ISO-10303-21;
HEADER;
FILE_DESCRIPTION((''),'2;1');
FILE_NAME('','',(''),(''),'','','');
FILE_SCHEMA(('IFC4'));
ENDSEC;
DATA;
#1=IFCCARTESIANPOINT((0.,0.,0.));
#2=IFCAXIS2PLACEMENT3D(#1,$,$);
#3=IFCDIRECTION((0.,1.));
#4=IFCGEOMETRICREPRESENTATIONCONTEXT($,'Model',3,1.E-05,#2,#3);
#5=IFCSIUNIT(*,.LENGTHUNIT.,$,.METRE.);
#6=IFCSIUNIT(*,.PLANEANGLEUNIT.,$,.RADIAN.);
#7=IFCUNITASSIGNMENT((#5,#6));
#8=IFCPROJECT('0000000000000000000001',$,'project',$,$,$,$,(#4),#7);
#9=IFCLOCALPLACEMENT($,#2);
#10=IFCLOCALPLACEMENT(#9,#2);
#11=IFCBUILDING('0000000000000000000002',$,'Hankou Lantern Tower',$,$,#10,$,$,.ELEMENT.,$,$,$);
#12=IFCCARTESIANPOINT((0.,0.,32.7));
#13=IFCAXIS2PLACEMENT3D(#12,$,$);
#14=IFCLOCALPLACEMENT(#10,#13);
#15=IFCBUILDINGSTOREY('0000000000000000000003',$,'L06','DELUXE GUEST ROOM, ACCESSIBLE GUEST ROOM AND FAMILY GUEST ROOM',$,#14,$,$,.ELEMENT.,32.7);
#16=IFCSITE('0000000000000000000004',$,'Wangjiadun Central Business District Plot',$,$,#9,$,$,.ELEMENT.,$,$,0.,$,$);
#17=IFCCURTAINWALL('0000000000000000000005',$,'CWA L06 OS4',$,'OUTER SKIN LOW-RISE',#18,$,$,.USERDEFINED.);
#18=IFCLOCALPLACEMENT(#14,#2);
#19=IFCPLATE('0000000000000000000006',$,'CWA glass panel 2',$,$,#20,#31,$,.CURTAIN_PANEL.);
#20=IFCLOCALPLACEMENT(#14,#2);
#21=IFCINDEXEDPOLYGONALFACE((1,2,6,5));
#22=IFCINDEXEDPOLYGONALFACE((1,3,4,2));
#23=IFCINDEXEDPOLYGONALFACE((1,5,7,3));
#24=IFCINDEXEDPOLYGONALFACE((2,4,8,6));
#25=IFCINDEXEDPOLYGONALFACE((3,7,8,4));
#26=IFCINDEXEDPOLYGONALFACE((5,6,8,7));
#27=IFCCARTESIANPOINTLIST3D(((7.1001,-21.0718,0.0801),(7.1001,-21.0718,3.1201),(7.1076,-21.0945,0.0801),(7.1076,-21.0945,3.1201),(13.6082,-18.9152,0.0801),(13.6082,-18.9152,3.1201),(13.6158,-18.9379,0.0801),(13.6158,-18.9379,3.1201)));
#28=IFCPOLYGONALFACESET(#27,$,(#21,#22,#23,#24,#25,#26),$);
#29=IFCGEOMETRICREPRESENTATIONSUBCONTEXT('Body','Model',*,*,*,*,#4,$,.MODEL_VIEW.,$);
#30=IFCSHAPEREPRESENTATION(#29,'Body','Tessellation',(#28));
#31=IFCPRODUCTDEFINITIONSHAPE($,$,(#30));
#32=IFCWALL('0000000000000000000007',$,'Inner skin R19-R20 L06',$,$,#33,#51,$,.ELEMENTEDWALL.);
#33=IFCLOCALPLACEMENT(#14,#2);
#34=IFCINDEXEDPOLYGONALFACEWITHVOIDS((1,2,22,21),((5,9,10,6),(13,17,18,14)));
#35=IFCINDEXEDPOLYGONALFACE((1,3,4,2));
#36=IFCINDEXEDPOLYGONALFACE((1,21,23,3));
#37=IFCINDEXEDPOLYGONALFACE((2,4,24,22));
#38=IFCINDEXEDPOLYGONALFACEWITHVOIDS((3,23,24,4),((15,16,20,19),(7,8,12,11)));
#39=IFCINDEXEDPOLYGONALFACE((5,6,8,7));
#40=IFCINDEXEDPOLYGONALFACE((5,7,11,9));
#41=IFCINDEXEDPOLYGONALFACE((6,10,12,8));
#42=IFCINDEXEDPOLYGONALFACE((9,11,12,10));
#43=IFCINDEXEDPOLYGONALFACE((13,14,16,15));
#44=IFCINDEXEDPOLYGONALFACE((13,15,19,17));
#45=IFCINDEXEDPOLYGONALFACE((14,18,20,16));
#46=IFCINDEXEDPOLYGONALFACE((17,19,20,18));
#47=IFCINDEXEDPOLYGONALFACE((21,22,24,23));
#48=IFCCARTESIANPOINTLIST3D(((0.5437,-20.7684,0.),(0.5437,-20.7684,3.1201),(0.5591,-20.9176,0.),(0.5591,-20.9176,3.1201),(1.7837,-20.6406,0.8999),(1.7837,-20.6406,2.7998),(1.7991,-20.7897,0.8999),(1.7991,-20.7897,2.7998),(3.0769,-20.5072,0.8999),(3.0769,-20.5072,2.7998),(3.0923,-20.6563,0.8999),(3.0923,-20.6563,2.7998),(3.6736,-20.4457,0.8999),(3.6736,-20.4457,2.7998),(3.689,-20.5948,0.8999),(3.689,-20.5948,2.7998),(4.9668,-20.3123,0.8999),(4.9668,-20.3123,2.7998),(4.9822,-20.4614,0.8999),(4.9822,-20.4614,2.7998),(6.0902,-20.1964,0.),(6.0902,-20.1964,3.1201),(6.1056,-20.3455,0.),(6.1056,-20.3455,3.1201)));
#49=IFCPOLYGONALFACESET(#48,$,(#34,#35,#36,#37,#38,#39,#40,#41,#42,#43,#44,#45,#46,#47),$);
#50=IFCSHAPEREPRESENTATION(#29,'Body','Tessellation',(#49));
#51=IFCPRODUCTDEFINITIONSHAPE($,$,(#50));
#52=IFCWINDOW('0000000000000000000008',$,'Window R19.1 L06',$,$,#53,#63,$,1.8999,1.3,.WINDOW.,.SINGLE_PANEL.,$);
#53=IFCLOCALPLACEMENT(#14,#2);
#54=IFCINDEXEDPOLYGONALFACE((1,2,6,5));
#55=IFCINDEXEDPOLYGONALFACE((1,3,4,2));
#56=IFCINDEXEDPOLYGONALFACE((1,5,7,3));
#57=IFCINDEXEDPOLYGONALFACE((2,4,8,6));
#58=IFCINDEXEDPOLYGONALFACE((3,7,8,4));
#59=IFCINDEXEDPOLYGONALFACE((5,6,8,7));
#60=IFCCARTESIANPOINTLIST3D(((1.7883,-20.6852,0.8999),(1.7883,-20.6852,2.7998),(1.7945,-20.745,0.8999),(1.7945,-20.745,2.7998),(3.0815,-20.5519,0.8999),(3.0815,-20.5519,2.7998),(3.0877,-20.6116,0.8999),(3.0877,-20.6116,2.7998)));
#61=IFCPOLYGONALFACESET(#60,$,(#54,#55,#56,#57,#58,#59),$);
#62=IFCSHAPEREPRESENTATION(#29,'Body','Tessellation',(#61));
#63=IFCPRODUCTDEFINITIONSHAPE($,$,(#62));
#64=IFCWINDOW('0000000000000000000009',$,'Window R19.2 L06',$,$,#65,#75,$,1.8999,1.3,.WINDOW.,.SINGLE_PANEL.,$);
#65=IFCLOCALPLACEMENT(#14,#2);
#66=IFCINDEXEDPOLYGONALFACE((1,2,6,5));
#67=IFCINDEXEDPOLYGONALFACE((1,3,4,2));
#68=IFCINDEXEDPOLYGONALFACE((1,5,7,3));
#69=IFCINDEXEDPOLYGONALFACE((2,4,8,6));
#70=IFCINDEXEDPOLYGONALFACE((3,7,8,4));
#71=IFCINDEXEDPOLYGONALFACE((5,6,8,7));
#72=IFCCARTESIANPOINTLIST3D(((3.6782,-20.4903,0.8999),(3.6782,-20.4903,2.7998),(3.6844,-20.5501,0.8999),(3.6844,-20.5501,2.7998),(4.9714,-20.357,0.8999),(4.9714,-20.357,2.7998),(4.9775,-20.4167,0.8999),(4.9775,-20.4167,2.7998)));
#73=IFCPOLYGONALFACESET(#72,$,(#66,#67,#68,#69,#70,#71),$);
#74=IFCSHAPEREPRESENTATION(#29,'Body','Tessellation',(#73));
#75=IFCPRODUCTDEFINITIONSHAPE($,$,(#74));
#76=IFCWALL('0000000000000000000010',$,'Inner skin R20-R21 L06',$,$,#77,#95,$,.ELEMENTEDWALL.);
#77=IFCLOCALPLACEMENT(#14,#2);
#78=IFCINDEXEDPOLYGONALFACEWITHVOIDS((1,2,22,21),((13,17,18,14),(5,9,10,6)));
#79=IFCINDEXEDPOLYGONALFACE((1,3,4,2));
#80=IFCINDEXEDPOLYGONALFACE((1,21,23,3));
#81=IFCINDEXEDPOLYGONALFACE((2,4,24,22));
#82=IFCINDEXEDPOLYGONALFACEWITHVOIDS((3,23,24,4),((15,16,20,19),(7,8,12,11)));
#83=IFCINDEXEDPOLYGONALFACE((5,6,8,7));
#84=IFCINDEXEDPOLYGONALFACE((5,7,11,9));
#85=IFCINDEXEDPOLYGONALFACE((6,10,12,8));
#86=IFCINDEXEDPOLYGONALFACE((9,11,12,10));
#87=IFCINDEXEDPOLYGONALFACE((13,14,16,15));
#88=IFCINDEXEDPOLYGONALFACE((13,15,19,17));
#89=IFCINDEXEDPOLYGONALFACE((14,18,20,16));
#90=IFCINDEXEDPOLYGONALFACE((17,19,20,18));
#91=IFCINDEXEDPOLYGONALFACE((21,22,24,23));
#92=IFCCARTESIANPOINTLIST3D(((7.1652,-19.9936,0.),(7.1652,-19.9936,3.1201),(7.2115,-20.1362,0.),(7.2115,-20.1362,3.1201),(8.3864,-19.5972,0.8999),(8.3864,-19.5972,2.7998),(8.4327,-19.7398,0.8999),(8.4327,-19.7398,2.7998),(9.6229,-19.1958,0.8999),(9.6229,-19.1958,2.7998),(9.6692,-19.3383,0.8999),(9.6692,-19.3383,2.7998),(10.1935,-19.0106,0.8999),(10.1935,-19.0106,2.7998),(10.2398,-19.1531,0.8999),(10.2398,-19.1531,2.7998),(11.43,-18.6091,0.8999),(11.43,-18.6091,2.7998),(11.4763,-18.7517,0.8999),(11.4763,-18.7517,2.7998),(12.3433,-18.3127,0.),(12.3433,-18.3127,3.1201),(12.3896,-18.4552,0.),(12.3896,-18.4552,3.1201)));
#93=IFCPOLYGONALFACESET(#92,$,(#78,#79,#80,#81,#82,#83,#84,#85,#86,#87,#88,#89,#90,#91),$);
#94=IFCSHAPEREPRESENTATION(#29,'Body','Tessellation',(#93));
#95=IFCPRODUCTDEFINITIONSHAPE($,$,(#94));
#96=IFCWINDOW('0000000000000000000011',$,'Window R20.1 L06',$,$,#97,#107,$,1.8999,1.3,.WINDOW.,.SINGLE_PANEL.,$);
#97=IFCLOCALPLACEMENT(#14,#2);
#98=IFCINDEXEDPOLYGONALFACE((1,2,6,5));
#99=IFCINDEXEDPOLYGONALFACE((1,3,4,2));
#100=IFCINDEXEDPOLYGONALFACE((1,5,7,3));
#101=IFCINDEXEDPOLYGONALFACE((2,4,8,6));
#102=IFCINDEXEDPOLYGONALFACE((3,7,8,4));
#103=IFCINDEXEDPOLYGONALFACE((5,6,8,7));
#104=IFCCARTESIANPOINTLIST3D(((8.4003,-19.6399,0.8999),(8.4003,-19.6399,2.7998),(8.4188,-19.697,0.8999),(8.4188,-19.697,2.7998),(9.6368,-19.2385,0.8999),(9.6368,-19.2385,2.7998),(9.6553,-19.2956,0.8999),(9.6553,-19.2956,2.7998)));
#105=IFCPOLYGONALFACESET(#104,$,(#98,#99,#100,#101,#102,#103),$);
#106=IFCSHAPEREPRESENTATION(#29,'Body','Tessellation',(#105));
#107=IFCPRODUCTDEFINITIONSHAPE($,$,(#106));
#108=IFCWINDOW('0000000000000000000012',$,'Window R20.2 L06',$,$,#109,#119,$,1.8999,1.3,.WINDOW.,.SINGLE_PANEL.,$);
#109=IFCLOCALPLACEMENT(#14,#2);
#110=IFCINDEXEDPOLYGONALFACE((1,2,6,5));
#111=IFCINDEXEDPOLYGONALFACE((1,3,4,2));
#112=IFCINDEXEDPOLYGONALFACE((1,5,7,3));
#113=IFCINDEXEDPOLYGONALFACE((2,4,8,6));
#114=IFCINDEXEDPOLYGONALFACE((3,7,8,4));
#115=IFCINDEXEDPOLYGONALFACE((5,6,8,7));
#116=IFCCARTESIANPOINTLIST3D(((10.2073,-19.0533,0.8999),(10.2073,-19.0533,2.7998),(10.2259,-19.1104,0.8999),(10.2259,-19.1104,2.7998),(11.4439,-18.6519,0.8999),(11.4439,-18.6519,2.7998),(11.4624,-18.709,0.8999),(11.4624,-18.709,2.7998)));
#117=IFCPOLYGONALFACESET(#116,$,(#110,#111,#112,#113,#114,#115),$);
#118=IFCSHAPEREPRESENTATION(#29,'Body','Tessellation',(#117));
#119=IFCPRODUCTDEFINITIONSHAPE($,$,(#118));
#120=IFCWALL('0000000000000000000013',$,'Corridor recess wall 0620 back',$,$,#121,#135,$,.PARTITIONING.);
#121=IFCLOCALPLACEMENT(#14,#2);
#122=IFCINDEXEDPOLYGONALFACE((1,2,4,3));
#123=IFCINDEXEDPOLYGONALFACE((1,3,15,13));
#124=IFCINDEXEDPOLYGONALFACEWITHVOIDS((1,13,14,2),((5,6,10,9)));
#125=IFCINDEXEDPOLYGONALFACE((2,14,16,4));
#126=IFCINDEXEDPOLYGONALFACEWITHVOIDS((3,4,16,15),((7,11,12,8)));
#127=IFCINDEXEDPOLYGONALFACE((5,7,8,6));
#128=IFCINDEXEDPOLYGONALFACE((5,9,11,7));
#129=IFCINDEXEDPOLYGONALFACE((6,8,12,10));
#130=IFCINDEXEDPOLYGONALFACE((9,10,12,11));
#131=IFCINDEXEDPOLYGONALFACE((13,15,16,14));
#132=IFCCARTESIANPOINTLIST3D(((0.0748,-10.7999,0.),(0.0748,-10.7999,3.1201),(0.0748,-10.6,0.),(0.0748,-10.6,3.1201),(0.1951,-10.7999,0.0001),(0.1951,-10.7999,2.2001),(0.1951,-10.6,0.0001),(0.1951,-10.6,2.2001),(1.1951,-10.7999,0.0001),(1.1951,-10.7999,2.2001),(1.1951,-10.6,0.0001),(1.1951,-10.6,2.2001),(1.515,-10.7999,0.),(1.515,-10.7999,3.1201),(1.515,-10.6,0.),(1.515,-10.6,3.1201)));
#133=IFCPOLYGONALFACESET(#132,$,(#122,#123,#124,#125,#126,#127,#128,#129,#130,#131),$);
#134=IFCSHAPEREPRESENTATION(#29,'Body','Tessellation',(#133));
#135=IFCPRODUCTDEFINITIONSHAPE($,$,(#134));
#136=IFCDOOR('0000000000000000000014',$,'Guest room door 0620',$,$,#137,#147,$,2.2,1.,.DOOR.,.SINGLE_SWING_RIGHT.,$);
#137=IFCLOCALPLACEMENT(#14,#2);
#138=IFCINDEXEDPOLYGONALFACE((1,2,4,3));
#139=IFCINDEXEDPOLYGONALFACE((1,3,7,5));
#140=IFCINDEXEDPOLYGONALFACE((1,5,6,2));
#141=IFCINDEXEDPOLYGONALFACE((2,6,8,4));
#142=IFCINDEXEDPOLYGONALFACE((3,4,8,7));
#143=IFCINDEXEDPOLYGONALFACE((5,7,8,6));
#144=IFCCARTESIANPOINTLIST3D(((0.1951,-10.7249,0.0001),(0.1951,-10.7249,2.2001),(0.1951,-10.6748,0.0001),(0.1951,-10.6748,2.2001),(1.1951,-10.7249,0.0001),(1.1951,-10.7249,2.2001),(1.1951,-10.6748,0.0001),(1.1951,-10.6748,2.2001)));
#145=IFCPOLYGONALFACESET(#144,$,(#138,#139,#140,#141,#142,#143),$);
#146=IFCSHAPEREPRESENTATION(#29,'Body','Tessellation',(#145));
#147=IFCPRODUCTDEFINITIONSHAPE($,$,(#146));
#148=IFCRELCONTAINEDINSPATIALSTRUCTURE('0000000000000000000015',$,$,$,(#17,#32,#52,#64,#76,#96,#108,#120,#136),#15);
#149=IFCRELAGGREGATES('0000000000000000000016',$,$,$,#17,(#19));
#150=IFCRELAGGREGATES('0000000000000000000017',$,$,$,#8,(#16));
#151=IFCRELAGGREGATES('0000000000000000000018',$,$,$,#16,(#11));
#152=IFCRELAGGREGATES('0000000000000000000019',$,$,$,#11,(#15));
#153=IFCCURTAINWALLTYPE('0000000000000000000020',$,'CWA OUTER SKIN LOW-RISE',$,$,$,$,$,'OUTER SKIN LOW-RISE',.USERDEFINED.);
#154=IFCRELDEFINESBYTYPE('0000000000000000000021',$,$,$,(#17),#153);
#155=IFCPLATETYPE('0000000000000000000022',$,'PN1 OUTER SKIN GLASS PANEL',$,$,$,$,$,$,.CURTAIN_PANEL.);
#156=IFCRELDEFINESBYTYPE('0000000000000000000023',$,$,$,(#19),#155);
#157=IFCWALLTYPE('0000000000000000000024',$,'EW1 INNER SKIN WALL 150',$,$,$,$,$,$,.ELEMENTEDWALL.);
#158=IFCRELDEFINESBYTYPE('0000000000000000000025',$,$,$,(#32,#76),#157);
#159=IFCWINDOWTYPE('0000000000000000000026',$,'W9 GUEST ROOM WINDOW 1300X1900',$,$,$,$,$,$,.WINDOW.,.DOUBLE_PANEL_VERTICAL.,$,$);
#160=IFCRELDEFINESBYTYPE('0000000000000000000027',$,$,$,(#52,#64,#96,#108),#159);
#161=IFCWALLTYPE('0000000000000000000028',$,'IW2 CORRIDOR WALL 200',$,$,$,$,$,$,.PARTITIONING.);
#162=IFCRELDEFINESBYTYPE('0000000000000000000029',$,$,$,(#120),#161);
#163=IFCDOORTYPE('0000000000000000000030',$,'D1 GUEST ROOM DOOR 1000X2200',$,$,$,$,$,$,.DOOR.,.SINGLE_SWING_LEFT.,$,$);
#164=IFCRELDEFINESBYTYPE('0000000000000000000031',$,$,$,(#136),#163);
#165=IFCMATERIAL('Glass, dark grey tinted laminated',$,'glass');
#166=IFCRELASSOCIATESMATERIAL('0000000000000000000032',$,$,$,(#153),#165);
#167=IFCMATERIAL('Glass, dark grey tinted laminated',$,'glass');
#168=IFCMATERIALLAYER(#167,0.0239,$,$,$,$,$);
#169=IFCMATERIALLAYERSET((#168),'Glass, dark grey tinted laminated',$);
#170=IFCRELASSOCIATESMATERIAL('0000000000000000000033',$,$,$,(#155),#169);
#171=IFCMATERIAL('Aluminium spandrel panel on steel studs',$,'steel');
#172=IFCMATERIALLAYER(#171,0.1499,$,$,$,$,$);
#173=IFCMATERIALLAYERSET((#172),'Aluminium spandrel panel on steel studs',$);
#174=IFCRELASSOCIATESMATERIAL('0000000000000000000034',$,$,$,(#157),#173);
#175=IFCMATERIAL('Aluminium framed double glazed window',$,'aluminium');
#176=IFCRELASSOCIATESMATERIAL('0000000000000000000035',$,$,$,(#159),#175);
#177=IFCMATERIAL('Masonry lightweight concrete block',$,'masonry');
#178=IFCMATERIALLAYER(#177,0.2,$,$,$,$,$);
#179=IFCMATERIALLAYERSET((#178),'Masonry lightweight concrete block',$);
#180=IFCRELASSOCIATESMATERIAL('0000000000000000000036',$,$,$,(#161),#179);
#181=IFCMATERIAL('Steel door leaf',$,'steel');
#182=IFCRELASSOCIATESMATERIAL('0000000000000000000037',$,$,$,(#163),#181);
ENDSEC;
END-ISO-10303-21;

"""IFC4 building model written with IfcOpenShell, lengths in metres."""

from ifc_helpers import new_model, si_unit, direction, frame, frame_2d, origin, origin_2d, place, context, subcontext, project, spatial, rectangle, extrude, material, layer, layer_set, type_object, element, fill, aggregate, save


model = new_model("IFC4")

# Units and contexts
model_context = context("Model", 3, precision=1e-05, world=origin(), true_north=direction((0.0, 1.0)))
body_context = subcontext(model_context, "Body", "Model", "MODEL_VIEW")
ifc_project = project(units=[si_unit("LENGTHUNIT", "METRE"), si_unit("PLANEANGLEUNIT", "RADIAN")], contexts=[model_context])

# Site, building, storey
site_placement = place(None, origin())
site = spatial("IfcSite", under=ifc_project, at=site_placement, Name="Wangjiadun Central Business District Plot", CompositionType="ELEMENT", RefElevation=0.0)
building_placement = place(site_placement, origin())
building = spatial("IfcBuilding", under=site, at=building_placement, Name="Hankou Lantern Tower", CompositionType="ELEMENT")
storey_placement = place(building_placement, frame((0.0, 0.0, 32.7)))
storey = spatial("IfcBuildingStorey", under=building, at=storey_placement, Name="L06", Description="DELUXE GUEST ROOM, ACCESSIBLE GUEST ROOM AND FAMILY GUEST ROOM", CompositionType="ELEMENT", Elevation=32.7)

# Curtain wall
ifc_material_1 = material(Name="Glass, dark grey tinted laminated", Category="glass")
curtain_wall_type = type_object("IfcCurtainWallType", Name="CWA OUTER SKIN LOW-RISE", ElementType="OUTER SKIN LOW-RISE", PredefinedType="USERDEFINED", material=ifc_material_1)
curtain_wall_placement = place(storey_placement, origin())
curtain_wall = element("IfcCurtainWall", 1, at=curtain_wall_placement, inside=storey, type_object=curtain_wall_type, Name="CWA L06 OS4", ObjectType="OUTER SKIN LOW-RISE", PredefinedType="USERDEFINED")

# Plate
ifc_material_2 = material(Name="Glass, dark grey tinted laminated", Category="glass")
ifc_layer_1 = layer(ifc_material_2, 0.0239)
ifc_layer_set_1 = layer_set([ifc_layer_1], Name="Glass, dark grey tinted laminated")
plate_type = type_object("IfcPlateType", Name="PN1 OUTER SKIN GLASS PANEL", PredefinedType="CURTAIN_PANEL", material=ifc_layer_set_1)
plate_1_placement = place(storey_placement, frame((10.3579, -20.0049, 0.0801), z_axis=(0.0, 0.0, 1.0), x_axis=(0.949241, 0.314551, 0.0)))
plate_1 = element("IfcPlate", 2, at=plate_1_placement, type_object=plate_type, Name="CWA glass panel 2", PredefinedType="CURTAIN_PANEL", context=body_context, shape_type="SweptSolid", body=[
    extrude(rectangle(XDim=6.8562, YDim=0.0239, at=origin_2d()), origin(), (0.0, 0.0, 1.0), 3.04),
])
aggregate(curtain_wall, [plate_1])

# Walls, openings, windows
ifc_material_3 = material(Name="Aluminium spandrel panel on steel studs", Category="steel")
ifc_layer_2 = layer(ifc_material_3, 0.1499)
ifc_layer_set_2 = layer_set([ifc_layer_2], Name="Aluminium spandrel panel on steel studs")
wall_type_1 = type_object("IfcWallType", Name="EW1 INNER SKIN WALL 150", PredefinedType="ELEMENTEDWALL", material=ifc_layer_set_2)
wall_1_placement = place(storey_placement, frame((0.5513, -20.843, 0.0), z_axis=(0.0, 0.0, 1.0), x_axis=(0.994724, 0.10259, 0.0)))
wall_1 = element("IfcWall", 3, at=wall_1_placement, inside=storey, type_object=wall_type_1, Name="Inner skin R19-R20 L06", PredefinedType="ELEMENTEDWALL", context=body_context, shape_type="SweptSolid", body=[
    extrude(rectangle(XDim=5.5759, YDim=0.1499, at=frame_2d((2.7881, 0.0))), origin(), (0.0, 0.0, 1.0), 3.1201),
])
opening_1_placement = place(wall_1_placement, frame((1.2468, 0.0, 0.8999)))
opening_1 = element("IfcOpeningElement", 4, at=opening_1_placement, cuts=wall_1, PredefinedType="OPENING", context=body_context, shape_type="SweptSolid", body=[
    extrude(rectangle(XDim=1.3, YDim=1.8999, at=frame_2d((0.6499, 0.95))), frame((0.0, 0.085, 0.0), z_axis=(0.0, -1.0, 0.0), x_axis=(1.0, 0.0, 0.0)), (0.0, 0.0, 1.0), 0.1699),
])
opening_2_placement = place(wall_1_placement, frame((3.1467, 0.0, 0.8999)))
opening_2 = element("IfcOpeningElement", 5, at=opening_2_placement, cuts=wall_1, PredefinedType="OPENING", context=body_context, shape_type="SweptSolid", body=[
    extrude(rectangle(XDim=1.3, YDim=1.8999, at=frame_2d((0.6499, 0.95))), frame((0.0, 0.085, 0.0), z_axis=(0.0, -1.0, 0.0), x_axis=(1.0, 0.0, 0.0)), (0.0, 0.0, 1.0), 0.1699),
])
ifc_material_4 = material(Name="Aluminium framed double glazed window", Category="aluminium")
window_type = type_object("IfcWindowType", Name="W9 GUEST ROOM WINDOW 1300X1900", PartitioningType="DOUBLE_PANEL_VERTICAL", PredefinedType="WINDOW", material=ifc_material_4)
window_1_placement = place(opening_1_placement, origin())
window_1 = element("IfcWindow", 6, at=window_1_placement, inside=storey, type_object=window_type, Name="Window R19.1 L06", OverallHeight=1.8999, OverallWidth=1.3, PartitioningType="SINGLE_PANEL", PredefinedType="WINDOW", context=body_context, shape_type="SweptSolid", body=[
    extrude(rectangle(XDim=1.3, YDim=1.8999, at=frame_2d((0.6499, 0.95))), frame((0.0, 0.03, 0.0), z_axis=(0.0, -1.0, 0.0), x_axis=(1.0, 0.0, 0.0)), (0.0, 0.0, 1.0), 0.0601),
])
fill(opening_1, window_1)
window_2_placement = place(opening_2_placement, origin())
window_2 = element("IfcWindow", 7, at=window_2_placement, inside=storey, type_object=window_type, Name="Window R19.2 L06", OverallHeight=1.8999, OverallWidth=1.3, PartitioningType="SINGLE_PANEL", PredefinedType="WINDOW", context=body_context, shape_type="SweptSolid", body=[
    extrude(rectangle(XDim=1.3, YDim=1.8999, at=frame_2d((0.6499, 0.95))), frame((0.0, 0.03, 0.0), z_axis=(0.0, -1.0, 0.0), x_axis=(1.0, 0.0, 0.0)), (0.0, 0.0, 1.0), 0.0601),
])
fill(opening_2, window_2)
wall_2_placement = place(storey_placement, frame((7.1882, -20.0649, 0.0), z_axis=(0.0, 0.0, 1.0), x_axis=(0.951138, 0.308765, 0.0)))
wall_2 = element("IfcWall", 8, at=wall_2_placement, inside=storey, type_object=wall_type_1, Name="Inner skin R20-R21 L06", PredefinedType="ELEMENTEDWALL", context=body_context, shape_type="SweptSolid", body=[
    extrude(rectangle(XDim=5.4441, YDim=0.1499, at=frame_2d((2.7222, 0.0))), origin(), (0.0, 0.0, 1.0), 3.1201),
])
opening_3_placement = place(wall_2_placement, frame((1.2842, 0.0, 0.8999)))
opening_3 = element("IfcOpeningElement", 9, at=opening_3_placement, cuts=wall_2, PredefinedType="OPENING", context=body_context, shape_type="SweptSolid", body=[
    extrude(rectangle(XDim=1.3, YDim=1.8999, at=frame_2d((0.6499, 0.95))), frame((0.0, 0.085, 0.0), z_axis=(0.0, -1.0, 0.0), x_axis=(1.0, 0.0, 0.0)), (0.0, 0.0, 1.0), 0.1699),
])
opening_4_placement = place(wall_2_placement, frame((3.1841, 0.0, 0.8999)))
opening_4 = element("IfcOpeningElement", 10, at=opening_4_placement, cuts=wall_2, PredefinedType="OPENING", context=body_context, shape_type="SweptSolid", body=[
    extrude(rectangle(XDim=1.3, YDim=1.8999, at=frame_2d((0.6499, 0.95))), frame((0.0, 0.085, 0.0), z_axis=(0.0, -1.0, 0.0), x_axis=(1.0, 0.0, 0.0)), (0.0, 0.0, 1.0), 0.1699),
])
window_3_placement = place(opening_3_placement, origin())
window_3 = element("IfcWindow", 11, at=window_3_placement, inside=storey, type_object=window_type, Name="Window R20.1 L06", OverallHeight=1.8999, OverallWidth=1.3, PartitioningType="SINGLE_PANEL", PredefinedType="WINDOW", context=body_context, shape_type="SweptSolid", body=[
    extrude(rectangle(XDim=1.3, YDim=1.8999, at=frame_2d((0.6499, 0.95))), frame((0.0, 0.03, 0.0), z_axis=(0.0, -1.0, 0.0), x_axis=(1.0, 0.0, 0.0)), (0.0, 0.0, 1.0), 0.0601),
])
fill(opening_3, window_3)
window_4_placement = place(opening_4_placement, origin())
window_4 = element("IfcWindow", 12, at=window_4_placement, inside=storey, type_object=window_type, Name="Window R20.2 L06", OverallHeight=1.8999, OverallWidth=1.3, PartitioningType="SINGLE_PANEL", PredefinedType="WINDOW", context=body_context, shape_type="SweptSolid", body=[
    extrude(rectangle(XDim=1.3, YDim=1.8999, at=frame_2d((0.6499, 0.95))), frame((0.0, 0.03, 0.0), z_axis=(0.0, -1.0, 0.0), x_axis=(1.0, 0.0, 0.0)), (0.0, 0.0, 1.0), 0.0601),
])
fill(opening_4, window_4)

# Wall, opening, door
ifc_material_5 = material(Name="Masonry lightweight concrete block", Category="masonry")
ifc_layer_3 = layer(ifc_material_5, 0.2)
ifc_layer_set_3 = layer_set([ifc_layer_3], Name="Masonry lightweight concrete block")
wall_type_2 = type_object("IfcWallType", Name="IW2 CORRIDOR WALL 200", PredefinedType="PARTITIONING", material=ifc_layer_set_3)
wall_3_placement = place(storey_placement, frame((1.5151, -10.7, 0.0), z_axis=(0.0, 0.0, 1.0), x_axis=(-1.0, 0.0, 0.0)))
wall_3 = element("IfcWall", 13, at=wall_3_placement, inside=storey, type_object=wall_type_2, Name="Corridor recess wall 0620 back", PredefinedType="PARTITIONING", context=body_context, shape_type="SweptSolid", body=[
    extrude(rectangle(XDim=1.4402, YDim=0.2, at=frame_2d((0.7202, 0.0))), origin(), (0.0, 0.0, 1.0), 3.1201),
])
opening_5_placement = place(wall_3_placement, frame((0.3201, 0.0, 0.0)))
opening_5 = element("IfcOpeningElement", 14, at=opening_5_placement, cuts=wall_3, PredefinedType="OPENING", context=body_context, shape_type="SweptSolid", body=[
    extrude(rectangle(XDim=1.0, YDim=2.2, at=frame_2d((0.5, 1.1001))), frame((0.0, 0.1099, 0.0), z_axis=(0.0, -1.0, 0.0), x_axis=(1.0, 0.0, 0.0)), (0.0, 0.0, 1.0), 0.22),
])
ifc_material_6 = material(Name="Steel door leaf", Category="steel")
door_type_1 = type_object("IfcDoorType", Name="D1 GUEST ROOM DOOR 1000X2200", OperationType="SINGLE_SWING_LEFT", PredefinedType="DOOR", material=ifc_material_6)
door_1_placement = place(opening_5_placement, origin())
door_1 = element("IfcDoor", 15, at=door_1_placement, inside=storey, type_object=door_type_1, Name="Guest room door 0620", OperationType="SINGLE_SWING_RIGHT", OverallHeight=2.2, OverallWidth=1.0, PredefinedType="DOOR", context=body_context, shape_type="SweptSolid", body=[
    extrude(rectangle(XDim=1.0, YDim=2.2, at=frame_2d((0.5, 1.1001))), frame((0.0, 0.0249, 0.0), z_axis=(0.0, -1.0, 0.0), x_axis=(1.0, 0.0, 0.0)), (0.0, 0.0, 1.0), 0.05),
])
fill(opening_5, door_1)

save(model, "model.ifc")
